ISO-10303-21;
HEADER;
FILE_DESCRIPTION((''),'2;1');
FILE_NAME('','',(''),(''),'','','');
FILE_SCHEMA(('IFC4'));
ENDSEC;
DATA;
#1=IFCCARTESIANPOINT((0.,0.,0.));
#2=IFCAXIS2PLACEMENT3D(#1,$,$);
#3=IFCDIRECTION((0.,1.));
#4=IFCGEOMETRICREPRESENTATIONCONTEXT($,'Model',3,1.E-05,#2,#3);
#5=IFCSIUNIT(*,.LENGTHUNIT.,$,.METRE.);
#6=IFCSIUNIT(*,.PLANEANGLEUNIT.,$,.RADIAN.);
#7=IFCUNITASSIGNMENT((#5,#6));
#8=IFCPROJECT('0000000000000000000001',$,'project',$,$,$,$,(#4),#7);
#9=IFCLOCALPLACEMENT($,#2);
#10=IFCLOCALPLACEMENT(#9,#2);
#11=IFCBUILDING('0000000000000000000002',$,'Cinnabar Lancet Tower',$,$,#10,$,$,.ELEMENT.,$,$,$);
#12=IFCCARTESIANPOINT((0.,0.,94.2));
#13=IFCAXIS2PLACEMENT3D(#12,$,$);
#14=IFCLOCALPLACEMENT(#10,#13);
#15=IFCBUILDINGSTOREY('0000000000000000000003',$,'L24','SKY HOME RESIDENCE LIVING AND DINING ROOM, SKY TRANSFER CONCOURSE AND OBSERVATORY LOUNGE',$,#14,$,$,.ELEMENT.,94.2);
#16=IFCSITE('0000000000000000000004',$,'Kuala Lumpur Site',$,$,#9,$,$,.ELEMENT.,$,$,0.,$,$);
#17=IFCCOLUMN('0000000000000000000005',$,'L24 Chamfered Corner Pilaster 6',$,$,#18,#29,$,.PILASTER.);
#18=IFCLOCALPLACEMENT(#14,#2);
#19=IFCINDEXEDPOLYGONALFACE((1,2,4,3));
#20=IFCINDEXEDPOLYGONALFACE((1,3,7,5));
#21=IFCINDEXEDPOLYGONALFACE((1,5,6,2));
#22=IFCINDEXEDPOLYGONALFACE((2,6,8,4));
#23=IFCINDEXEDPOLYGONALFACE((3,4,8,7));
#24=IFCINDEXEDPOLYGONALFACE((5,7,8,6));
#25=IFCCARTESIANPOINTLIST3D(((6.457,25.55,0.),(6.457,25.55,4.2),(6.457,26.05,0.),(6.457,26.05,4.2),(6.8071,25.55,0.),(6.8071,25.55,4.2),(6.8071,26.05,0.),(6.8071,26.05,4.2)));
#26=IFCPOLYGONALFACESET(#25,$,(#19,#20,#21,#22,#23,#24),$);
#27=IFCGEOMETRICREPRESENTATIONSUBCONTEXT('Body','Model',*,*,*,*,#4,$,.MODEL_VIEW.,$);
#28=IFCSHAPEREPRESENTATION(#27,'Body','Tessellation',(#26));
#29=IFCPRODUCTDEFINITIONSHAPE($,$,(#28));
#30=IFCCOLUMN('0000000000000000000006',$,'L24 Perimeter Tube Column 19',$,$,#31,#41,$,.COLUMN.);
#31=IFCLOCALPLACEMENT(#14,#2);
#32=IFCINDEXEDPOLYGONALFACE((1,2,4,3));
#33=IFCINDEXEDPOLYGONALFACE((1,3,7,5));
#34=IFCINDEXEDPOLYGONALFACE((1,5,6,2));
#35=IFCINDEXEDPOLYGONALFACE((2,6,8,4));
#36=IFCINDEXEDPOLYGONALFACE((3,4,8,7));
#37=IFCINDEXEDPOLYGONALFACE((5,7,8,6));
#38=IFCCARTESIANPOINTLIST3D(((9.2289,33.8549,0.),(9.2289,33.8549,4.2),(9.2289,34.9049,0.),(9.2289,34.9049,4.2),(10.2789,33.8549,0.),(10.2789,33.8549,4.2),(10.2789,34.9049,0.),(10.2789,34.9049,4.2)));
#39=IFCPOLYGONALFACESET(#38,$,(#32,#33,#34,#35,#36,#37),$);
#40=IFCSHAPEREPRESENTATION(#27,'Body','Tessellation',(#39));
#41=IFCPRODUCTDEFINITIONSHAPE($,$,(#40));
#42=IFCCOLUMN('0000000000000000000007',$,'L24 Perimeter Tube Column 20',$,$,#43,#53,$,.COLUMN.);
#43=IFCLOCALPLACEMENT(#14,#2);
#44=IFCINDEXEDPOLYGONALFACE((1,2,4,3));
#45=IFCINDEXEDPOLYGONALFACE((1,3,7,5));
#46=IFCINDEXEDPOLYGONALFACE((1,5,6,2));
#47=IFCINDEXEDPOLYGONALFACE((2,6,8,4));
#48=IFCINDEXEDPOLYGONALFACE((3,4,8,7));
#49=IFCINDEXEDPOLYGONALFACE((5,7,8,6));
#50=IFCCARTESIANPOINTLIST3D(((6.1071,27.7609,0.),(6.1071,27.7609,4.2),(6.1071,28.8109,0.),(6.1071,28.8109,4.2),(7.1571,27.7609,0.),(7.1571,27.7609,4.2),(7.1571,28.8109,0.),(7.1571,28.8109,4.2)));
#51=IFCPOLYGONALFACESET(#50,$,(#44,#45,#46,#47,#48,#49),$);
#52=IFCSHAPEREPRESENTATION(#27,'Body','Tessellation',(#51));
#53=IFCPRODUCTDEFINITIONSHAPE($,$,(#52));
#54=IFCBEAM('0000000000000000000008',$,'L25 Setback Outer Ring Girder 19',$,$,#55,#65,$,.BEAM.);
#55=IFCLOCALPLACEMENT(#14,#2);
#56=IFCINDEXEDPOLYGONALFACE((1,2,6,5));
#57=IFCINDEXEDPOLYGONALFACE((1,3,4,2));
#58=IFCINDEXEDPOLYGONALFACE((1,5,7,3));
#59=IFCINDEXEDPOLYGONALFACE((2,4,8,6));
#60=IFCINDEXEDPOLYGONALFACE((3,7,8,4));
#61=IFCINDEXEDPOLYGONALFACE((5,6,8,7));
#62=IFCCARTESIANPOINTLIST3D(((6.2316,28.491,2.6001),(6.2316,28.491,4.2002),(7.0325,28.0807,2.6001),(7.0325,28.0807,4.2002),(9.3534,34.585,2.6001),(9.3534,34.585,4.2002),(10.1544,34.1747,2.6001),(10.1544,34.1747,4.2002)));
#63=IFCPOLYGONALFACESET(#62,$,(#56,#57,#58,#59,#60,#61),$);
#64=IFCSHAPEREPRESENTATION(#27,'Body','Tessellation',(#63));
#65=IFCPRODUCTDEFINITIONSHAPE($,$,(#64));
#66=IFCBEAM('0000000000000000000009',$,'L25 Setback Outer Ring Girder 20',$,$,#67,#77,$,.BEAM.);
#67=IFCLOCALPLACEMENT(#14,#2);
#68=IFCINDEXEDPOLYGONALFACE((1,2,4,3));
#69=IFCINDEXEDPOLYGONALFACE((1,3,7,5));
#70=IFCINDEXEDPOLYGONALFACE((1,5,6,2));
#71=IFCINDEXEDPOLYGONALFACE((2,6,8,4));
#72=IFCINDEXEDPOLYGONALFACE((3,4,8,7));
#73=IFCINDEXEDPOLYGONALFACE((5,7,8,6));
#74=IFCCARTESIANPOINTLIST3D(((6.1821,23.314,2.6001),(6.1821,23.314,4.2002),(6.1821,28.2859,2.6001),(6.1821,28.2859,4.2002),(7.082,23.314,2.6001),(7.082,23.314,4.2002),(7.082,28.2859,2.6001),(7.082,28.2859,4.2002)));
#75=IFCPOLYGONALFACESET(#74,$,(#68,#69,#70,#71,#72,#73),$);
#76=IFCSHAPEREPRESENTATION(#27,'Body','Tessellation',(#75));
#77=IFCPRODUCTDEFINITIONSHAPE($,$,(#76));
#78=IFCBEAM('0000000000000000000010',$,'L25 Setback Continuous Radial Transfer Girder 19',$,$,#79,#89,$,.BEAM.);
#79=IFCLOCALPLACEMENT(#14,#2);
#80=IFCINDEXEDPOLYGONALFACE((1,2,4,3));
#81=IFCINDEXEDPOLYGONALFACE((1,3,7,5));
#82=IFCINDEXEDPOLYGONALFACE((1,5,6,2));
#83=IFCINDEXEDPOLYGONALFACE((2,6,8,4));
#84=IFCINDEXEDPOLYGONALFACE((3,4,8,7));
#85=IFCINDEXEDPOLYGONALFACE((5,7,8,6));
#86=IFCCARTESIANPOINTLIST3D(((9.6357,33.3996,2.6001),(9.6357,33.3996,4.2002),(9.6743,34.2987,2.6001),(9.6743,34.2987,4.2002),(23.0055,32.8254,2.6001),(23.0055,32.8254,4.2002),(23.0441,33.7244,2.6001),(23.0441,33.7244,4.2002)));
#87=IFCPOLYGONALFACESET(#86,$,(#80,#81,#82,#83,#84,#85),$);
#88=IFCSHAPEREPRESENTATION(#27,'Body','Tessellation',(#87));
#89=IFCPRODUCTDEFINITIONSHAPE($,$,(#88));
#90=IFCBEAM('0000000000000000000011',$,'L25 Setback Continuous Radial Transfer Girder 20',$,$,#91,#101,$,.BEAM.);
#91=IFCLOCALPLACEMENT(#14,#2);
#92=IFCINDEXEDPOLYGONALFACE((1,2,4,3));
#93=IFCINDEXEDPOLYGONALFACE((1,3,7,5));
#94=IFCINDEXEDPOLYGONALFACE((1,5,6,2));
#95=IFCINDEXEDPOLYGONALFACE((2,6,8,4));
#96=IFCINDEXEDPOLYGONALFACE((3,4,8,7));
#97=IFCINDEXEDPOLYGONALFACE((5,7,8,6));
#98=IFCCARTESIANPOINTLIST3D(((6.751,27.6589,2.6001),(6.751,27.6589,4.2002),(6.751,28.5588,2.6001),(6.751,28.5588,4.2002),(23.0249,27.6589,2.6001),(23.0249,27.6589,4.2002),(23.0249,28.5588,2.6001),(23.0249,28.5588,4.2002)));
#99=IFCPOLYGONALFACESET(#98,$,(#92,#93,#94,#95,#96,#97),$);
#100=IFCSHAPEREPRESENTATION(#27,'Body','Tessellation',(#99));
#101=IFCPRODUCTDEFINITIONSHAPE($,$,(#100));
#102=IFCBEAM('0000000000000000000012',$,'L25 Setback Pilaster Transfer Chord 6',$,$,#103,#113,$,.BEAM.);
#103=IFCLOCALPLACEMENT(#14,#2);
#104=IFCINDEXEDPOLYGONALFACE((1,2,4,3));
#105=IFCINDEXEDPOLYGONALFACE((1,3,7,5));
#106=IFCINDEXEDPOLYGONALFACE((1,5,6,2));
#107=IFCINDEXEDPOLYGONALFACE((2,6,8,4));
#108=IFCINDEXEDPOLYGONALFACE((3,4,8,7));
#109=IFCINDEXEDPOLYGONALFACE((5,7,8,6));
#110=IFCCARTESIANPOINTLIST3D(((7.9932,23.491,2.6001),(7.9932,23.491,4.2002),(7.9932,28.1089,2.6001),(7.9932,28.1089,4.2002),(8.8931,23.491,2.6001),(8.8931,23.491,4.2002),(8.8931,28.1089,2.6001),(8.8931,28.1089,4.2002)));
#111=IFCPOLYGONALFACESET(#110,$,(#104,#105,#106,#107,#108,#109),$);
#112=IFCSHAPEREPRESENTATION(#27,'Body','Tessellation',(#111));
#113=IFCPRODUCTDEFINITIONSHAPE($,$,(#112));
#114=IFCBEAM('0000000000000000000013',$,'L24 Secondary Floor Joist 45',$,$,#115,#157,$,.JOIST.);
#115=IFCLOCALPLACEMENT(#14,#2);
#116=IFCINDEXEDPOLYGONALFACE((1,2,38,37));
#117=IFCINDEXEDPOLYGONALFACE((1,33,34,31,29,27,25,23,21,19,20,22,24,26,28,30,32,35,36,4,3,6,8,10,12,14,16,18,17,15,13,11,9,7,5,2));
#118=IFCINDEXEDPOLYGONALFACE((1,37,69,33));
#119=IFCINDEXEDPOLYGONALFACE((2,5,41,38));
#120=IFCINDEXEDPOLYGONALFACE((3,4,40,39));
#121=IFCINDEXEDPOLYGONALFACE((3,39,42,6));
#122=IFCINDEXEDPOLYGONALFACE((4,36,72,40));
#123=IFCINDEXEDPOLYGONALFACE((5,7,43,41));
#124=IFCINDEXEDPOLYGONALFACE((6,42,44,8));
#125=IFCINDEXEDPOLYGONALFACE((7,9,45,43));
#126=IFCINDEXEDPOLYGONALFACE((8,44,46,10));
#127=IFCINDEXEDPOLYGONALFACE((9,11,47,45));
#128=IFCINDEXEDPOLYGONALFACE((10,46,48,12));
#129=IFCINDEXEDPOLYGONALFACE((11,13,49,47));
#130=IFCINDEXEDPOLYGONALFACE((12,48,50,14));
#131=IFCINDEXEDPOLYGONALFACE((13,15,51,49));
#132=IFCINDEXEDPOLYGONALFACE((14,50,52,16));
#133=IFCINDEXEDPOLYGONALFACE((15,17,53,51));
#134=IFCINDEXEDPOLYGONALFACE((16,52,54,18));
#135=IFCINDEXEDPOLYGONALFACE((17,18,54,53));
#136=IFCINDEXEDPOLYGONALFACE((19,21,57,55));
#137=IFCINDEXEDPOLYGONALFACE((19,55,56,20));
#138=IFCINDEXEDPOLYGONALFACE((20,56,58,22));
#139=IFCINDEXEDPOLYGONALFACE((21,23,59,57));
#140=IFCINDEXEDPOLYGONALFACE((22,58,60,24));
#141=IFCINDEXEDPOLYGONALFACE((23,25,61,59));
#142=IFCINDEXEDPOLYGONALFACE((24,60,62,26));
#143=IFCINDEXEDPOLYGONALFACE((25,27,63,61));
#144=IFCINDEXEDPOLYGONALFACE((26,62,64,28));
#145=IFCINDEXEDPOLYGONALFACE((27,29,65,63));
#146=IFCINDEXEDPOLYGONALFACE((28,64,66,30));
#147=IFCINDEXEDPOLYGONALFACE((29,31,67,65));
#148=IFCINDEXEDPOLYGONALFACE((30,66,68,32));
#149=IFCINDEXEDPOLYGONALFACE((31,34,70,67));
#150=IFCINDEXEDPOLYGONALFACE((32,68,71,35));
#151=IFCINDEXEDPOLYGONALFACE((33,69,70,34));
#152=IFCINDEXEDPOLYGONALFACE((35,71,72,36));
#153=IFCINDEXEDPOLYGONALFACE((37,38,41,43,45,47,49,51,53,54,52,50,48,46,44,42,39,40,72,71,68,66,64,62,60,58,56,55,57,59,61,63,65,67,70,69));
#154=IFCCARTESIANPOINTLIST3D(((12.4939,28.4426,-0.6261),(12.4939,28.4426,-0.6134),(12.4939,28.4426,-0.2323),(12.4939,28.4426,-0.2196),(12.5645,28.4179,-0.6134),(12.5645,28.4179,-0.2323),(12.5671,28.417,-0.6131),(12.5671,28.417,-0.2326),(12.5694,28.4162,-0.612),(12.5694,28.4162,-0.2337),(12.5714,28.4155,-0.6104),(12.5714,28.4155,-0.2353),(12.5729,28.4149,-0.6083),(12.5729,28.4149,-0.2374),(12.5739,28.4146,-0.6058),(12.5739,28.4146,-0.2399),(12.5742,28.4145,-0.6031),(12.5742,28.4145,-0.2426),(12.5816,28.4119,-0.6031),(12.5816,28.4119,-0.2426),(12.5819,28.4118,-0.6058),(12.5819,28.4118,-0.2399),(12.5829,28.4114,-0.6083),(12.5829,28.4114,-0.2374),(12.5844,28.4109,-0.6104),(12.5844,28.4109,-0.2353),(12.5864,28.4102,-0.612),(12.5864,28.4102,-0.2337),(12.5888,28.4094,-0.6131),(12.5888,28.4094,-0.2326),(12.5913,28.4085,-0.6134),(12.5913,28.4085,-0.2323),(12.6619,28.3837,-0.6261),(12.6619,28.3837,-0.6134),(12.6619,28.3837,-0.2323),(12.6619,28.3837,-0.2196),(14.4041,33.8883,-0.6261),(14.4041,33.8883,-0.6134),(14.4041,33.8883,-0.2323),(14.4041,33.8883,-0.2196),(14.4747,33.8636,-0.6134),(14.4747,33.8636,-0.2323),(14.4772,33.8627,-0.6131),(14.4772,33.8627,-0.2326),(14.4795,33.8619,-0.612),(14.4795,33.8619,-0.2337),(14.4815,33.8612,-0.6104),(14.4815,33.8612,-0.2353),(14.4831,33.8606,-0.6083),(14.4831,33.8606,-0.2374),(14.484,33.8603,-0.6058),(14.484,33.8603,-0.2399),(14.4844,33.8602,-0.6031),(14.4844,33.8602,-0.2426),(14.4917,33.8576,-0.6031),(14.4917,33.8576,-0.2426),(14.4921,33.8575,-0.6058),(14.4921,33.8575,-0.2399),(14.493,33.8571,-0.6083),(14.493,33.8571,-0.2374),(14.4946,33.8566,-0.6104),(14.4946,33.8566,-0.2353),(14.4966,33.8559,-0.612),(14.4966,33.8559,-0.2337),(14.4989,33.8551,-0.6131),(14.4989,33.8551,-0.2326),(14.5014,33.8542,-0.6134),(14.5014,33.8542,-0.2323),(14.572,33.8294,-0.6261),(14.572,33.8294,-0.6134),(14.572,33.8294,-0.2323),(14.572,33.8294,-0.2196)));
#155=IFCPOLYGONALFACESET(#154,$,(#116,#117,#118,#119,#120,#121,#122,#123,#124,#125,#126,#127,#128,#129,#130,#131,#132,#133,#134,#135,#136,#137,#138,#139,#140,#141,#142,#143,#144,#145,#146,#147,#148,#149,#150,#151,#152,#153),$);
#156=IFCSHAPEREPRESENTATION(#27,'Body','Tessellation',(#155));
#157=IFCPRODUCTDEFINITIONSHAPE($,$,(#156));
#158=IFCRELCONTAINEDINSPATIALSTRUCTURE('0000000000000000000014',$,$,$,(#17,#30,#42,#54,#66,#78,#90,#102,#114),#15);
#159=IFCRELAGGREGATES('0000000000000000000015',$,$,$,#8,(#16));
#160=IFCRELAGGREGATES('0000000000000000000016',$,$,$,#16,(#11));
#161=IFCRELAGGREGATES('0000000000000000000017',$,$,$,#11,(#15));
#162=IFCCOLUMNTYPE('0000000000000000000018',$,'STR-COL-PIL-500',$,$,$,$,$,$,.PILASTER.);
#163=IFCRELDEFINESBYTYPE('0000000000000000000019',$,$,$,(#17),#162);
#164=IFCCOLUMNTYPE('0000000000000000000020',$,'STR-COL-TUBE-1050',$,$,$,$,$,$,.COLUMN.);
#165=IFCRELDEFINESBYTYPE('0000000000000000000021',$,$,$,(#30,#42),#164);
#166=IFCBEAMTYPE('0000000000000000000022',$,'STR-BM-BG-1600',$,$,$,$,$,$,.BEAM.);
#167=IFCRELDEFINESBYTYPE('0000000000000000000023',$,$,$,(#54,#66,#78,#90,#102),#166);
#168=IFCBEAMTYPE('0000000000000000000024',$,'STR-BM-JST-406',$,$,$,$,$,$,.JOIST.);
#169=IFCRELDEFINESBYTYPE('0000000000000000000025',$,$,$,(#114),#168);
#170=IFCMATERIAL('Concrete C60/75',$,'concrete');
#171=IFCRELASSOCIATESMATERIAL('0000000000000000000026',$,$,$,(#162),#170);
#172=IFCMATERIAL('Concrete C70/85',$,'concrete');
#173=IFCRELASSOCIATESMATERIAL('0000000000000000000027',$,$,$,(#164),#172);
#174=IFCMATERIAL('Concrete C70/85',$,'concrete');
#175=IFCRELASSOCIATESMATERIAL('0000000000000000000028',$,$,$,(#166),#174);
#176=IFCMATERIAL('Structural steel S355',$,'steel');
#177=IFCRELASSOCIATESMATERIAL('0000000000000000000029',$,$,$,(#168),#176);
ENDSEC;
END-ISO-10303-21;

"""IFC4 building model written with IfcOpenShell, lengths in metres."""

from ifc_helpers import new_model, si_unit, direction, frame, origin, origin_2d, place, context, subcontext, project, spatial, rectangle, i_section, extrude, material, material_profile, profile_set, type_object, element, save


model = new_model("IFC4")

# Units and contexts
model_context = context("Model", 3, precision=1e-05, world=origin(), true_north=direction((0.0, 1.0)))
body_context = subcontext(model_context, "Body", "Model", "MODEL_VIEW")
ifc_project = project(units=[si_unit("LENGTHUNIT", "METRE"), si_unit("PLANEANGLEUNIT", "RADIAN")], contexts=[model_context])

# Site, building, storey
site_placement = place(None, origin())
site = spatial("IfcSite", under=ifc_project, at=site_placement, Name="Kuala Lumpur Site", CompositionType="ELEMENT", RefElevation=0.0)
building_placement = place(site_placement, origin())
building = spatial("IfcBuilding", under=site, at=building_placement, Name="Cinnabar Lancet Tower", CompositionType="ELEMENT")
storey_placement = place(building_placement, frame((0.0, 0.0, 94.2)))
storey = spatial("IfcBuildingStorey", under=building, at=storey_placement, Name="L24", Description="SKY HOME RESIDENCE LIVING AND DINING ROOM, SKY TRANSFER CONCOURSE AND OBSERVATORY LOUNGE", CompositionType="ELEMENT", Elevation=94.2)

# Columns
ifc_material_1 = material(Name="Concrete C60/75", Category="concrete")
ifc_material_profile_1 = material_profile(ifc_material_1, rectangle(XDim=0.5, YDim=0.3501, at=origin_2d()), Name="RC-PIL 500x350")
ifc_profile_set_1 = profile_set([ifc_material_profile_1], Name="Concrete C60/75")
column_type_1 = type_object("IfcColumnType", Name="STR-COL-PIL-500", PredefinedType="PILASTER", material=ifc_profile_set_1)
column_placement = place(storey_placement, frame((6.6321, 25.8, 0.0), z_axis=(0.0, 0.0, 1.0), x_axis=(0.0, -1.0, 0.0)))
element("IfcColumn", 1, at=column_placement, inside=storey, type_object=column_type_1, Name="L24 Chamfered Corner Pilaster 6", PredefinedType="PILASTER", context=body_context, shape_type="SweptSolid", body=[
    extrude(rectangle(XDim=0.5, YDim=0.3501, at=origin_2d()), origin(), (0.0, 0.0, 1.0), 4.2),
])
ifc_material_2 = material(Name="Concrete C70/85", Category="concrete")
ifc_material_profile_2 = material_profile(ifc_material_2, rectangle(XDim=1.05, YDim=1.05, at=origin_2d()), Name="RC-COL 1050x1050")
ifc_profile_set_2 = profile_set([ifc_material_profile_2], Name="Concrete C70/85")
column_type_2 = type_object("IfcColumnType", Name="STR-COL-TUBE-1050", PredefinedType="COLUMN", material=ifc_profile_set_2)
for number, where, z_axis, x_axis, name in (
    (2, (9.7539, 34.3799, 0.0), (0.0, 0.0, 1.0), (1.0, 0.0, 0.0), "L24 Perimeter Tube Column 19"),
    (3, (6.6321, 28.2859, 0.0), (0.0, 0.0, 1.0), (1.0, 0.0, 0.0), "L24 Perimeter Tube Column 20"),
):
    element("IfcColumn", number, at=place(storey_placement, frame(where, z_axis=z_axis, x_axis=x_axis)), inside=storey, type_object=column_type_2, Name=name, PredefinedType="COLUMN", context=body_context, shape_type="SweptSolid", body=[
        extrude(rectangle(XDim=1.05, YDim=1.05, at=origin_2d()), origin(), (0.0, 0.0, 1.0), 4.2),
    ])

# Beams
ifc_material_3 = material(Name="Concrete C70/85", Category="concrete")
ifc_material_profile_3 = material_profile(ifc_material_3, rectangle(XDim=0.8999, YDim=1.6001, at=origin_2d()), Name="RC-BG 900x1600")
ifc_profile_set_3 = profile_set([ifc_material_profile_3], Name="Concrete C70/85")
beam_type_1 = type_object("IfcBeamType", Name="STR-BM-BG-1600", PredefinedType="BEAM", material=ifc_profile_set_3)
beam_1_placement = place(storey_placement, frame((9.7539, 34.3799, 3.4001), z_axis=(-0.455935, -0.890013, 0.0), x_axis=(0.890013, -0.455935, 0.0)))
element("IfcBeam", 4, at=beam_1_placement, inside=storey, type_object=beam_type_1, Name="L25 Setback Outer Ring Girder 19", PredefinedType="BEAM", context=body_context, shape_type="SweptSolid", body=[
    extrude(rectangle(XDim=0.8999, YDim=1.6001, at=origin_2d()), origin(), (0.0, 0.0, 1.0), 6.8472),
])
beam_2_placement = place(storey_placement, frame((6.6321, 28.2859, 3.4001), z_axis=(0.0, -1.0, 0.0), x_axis=(1.0, 0.0, 0.0)))
element("IfcBeam", 5, at=beam_2_placement, inside=storey, type_object=beam_type_1, Name="L25 Setback Outer Ring Girder 20", PredefinedType="BEAM", context=body_context, shape_type="SweptSolid", body=[
    extrude(rectangle(XDim=0.8999, YDim=1.6001, at=origin_2d()), origin(), (0.0, 0.0, 1.0), 4.9719),
])
beam_3_placement = place(storey_placement, frame((9.655, 33.8491, 3.4001), z_axis=(0.999079, -0.042909, 0.0), x_axis=(0.042909, 0.999079, 0.0)))
element("IfcBeam", 6, at=beam_3_placement, inside=storey, type_object=beam_type_1, Name="L25 Setback Continuous Radial Transfer Girder 19", PredefinedType="BEAM", context=body_context, shape_type="SweptSolid", body=[
    extrude(rectangle(XDim=0.8999, YDim=1.6001, at=origin_2d()), origin(), (0.0, 0.0, 1.0), 13.3821),
])
beam_4_placement = place(storey_placement, frame((6.751, 28.1089, 3.4001), z_axis=(1.0, 0.0, 0.0), x_axis=(0.0, 1.0, 0.0)))
element("IfcBeam", 7, at=beam_4_placement, inside=storey, type_object=beam_type_1, Name="L25 Setback Continuous Radial Transfer Girder 20", PredefinedType="BEAM", context=body_context, shape_type="SweptSolid", body=[
    extrude(rectangle(XDim=0.8999, YDim=1.6001, at=origin_2d()), origin(), (0.0, 0.0, 1.0), 16.2739),
])
beam_5_placement = place(storey_placement, frame((8.4431, 28.1089, 3.4001), z_axis=(0.0, -1.0, 0.0), x_axis=(1.0, 0.0, 0.0)))
element("IfcBeam", 8, at=beam_5_placement, inside=storey, type_object=beam_type_1, Name="L25 Setback Pilaster Transfer Chord 6", PredefinedType="BEAM", context=body_context, shape_type="SweptSolid", body=[
    extrude(rectangle(XDim=0.8999, YDim=1.6001, at=origin_2d()), origin(), (0.0, 0.0, 1.0), 4.6179),
])
ifc_material_4 = material(Name="Structural steel S355", Category="steel")
ifc_material_profile_4 = material_profile(ifc_material_4, i_section(OverallWidth=0.178, OverallDepth=0.4065, WebThickness=0.0078, FlangeThickness=0.0127, FilletRadius=0.0103, at=origin_2d()), Name="UKB 406x178x60")
ifc_profile_set_4 = profile_set([ifc_material_profile_4], Name="Structural steel S355")
beam_type_2 = type_object("IfcBeamType", Name="STR-BM-JST-406", PredefinedType="JOIST", material=ifc_profile_set_4)
beam_6_placement = place(storey_placement, frame((14.488, 33.8589, -0.4229), z_axis=(-0.330987, -0.943635, 0.0), x_axis=(0.943635, -0.330987, 0.0)))
element("IfcBeam", 9, at=beam_6_placement, inside=storey, type_object=beam_type_2, Name="L24 Secondary Floor Joist 45", PredefinedType="JOIST", context=body_context, shape_type="SweptSolid", body=[
    extrude(i_section(OverallWidth=0.178, OverallDepth=0.4065, WebThickness=0.0078, FlangeThickness=0.0127, FilletRadius=0.0103, at=origin_2d()), origin(), (0.0, 0.0, 1.0), 5.771),
])

save(model, "model.ifc")
